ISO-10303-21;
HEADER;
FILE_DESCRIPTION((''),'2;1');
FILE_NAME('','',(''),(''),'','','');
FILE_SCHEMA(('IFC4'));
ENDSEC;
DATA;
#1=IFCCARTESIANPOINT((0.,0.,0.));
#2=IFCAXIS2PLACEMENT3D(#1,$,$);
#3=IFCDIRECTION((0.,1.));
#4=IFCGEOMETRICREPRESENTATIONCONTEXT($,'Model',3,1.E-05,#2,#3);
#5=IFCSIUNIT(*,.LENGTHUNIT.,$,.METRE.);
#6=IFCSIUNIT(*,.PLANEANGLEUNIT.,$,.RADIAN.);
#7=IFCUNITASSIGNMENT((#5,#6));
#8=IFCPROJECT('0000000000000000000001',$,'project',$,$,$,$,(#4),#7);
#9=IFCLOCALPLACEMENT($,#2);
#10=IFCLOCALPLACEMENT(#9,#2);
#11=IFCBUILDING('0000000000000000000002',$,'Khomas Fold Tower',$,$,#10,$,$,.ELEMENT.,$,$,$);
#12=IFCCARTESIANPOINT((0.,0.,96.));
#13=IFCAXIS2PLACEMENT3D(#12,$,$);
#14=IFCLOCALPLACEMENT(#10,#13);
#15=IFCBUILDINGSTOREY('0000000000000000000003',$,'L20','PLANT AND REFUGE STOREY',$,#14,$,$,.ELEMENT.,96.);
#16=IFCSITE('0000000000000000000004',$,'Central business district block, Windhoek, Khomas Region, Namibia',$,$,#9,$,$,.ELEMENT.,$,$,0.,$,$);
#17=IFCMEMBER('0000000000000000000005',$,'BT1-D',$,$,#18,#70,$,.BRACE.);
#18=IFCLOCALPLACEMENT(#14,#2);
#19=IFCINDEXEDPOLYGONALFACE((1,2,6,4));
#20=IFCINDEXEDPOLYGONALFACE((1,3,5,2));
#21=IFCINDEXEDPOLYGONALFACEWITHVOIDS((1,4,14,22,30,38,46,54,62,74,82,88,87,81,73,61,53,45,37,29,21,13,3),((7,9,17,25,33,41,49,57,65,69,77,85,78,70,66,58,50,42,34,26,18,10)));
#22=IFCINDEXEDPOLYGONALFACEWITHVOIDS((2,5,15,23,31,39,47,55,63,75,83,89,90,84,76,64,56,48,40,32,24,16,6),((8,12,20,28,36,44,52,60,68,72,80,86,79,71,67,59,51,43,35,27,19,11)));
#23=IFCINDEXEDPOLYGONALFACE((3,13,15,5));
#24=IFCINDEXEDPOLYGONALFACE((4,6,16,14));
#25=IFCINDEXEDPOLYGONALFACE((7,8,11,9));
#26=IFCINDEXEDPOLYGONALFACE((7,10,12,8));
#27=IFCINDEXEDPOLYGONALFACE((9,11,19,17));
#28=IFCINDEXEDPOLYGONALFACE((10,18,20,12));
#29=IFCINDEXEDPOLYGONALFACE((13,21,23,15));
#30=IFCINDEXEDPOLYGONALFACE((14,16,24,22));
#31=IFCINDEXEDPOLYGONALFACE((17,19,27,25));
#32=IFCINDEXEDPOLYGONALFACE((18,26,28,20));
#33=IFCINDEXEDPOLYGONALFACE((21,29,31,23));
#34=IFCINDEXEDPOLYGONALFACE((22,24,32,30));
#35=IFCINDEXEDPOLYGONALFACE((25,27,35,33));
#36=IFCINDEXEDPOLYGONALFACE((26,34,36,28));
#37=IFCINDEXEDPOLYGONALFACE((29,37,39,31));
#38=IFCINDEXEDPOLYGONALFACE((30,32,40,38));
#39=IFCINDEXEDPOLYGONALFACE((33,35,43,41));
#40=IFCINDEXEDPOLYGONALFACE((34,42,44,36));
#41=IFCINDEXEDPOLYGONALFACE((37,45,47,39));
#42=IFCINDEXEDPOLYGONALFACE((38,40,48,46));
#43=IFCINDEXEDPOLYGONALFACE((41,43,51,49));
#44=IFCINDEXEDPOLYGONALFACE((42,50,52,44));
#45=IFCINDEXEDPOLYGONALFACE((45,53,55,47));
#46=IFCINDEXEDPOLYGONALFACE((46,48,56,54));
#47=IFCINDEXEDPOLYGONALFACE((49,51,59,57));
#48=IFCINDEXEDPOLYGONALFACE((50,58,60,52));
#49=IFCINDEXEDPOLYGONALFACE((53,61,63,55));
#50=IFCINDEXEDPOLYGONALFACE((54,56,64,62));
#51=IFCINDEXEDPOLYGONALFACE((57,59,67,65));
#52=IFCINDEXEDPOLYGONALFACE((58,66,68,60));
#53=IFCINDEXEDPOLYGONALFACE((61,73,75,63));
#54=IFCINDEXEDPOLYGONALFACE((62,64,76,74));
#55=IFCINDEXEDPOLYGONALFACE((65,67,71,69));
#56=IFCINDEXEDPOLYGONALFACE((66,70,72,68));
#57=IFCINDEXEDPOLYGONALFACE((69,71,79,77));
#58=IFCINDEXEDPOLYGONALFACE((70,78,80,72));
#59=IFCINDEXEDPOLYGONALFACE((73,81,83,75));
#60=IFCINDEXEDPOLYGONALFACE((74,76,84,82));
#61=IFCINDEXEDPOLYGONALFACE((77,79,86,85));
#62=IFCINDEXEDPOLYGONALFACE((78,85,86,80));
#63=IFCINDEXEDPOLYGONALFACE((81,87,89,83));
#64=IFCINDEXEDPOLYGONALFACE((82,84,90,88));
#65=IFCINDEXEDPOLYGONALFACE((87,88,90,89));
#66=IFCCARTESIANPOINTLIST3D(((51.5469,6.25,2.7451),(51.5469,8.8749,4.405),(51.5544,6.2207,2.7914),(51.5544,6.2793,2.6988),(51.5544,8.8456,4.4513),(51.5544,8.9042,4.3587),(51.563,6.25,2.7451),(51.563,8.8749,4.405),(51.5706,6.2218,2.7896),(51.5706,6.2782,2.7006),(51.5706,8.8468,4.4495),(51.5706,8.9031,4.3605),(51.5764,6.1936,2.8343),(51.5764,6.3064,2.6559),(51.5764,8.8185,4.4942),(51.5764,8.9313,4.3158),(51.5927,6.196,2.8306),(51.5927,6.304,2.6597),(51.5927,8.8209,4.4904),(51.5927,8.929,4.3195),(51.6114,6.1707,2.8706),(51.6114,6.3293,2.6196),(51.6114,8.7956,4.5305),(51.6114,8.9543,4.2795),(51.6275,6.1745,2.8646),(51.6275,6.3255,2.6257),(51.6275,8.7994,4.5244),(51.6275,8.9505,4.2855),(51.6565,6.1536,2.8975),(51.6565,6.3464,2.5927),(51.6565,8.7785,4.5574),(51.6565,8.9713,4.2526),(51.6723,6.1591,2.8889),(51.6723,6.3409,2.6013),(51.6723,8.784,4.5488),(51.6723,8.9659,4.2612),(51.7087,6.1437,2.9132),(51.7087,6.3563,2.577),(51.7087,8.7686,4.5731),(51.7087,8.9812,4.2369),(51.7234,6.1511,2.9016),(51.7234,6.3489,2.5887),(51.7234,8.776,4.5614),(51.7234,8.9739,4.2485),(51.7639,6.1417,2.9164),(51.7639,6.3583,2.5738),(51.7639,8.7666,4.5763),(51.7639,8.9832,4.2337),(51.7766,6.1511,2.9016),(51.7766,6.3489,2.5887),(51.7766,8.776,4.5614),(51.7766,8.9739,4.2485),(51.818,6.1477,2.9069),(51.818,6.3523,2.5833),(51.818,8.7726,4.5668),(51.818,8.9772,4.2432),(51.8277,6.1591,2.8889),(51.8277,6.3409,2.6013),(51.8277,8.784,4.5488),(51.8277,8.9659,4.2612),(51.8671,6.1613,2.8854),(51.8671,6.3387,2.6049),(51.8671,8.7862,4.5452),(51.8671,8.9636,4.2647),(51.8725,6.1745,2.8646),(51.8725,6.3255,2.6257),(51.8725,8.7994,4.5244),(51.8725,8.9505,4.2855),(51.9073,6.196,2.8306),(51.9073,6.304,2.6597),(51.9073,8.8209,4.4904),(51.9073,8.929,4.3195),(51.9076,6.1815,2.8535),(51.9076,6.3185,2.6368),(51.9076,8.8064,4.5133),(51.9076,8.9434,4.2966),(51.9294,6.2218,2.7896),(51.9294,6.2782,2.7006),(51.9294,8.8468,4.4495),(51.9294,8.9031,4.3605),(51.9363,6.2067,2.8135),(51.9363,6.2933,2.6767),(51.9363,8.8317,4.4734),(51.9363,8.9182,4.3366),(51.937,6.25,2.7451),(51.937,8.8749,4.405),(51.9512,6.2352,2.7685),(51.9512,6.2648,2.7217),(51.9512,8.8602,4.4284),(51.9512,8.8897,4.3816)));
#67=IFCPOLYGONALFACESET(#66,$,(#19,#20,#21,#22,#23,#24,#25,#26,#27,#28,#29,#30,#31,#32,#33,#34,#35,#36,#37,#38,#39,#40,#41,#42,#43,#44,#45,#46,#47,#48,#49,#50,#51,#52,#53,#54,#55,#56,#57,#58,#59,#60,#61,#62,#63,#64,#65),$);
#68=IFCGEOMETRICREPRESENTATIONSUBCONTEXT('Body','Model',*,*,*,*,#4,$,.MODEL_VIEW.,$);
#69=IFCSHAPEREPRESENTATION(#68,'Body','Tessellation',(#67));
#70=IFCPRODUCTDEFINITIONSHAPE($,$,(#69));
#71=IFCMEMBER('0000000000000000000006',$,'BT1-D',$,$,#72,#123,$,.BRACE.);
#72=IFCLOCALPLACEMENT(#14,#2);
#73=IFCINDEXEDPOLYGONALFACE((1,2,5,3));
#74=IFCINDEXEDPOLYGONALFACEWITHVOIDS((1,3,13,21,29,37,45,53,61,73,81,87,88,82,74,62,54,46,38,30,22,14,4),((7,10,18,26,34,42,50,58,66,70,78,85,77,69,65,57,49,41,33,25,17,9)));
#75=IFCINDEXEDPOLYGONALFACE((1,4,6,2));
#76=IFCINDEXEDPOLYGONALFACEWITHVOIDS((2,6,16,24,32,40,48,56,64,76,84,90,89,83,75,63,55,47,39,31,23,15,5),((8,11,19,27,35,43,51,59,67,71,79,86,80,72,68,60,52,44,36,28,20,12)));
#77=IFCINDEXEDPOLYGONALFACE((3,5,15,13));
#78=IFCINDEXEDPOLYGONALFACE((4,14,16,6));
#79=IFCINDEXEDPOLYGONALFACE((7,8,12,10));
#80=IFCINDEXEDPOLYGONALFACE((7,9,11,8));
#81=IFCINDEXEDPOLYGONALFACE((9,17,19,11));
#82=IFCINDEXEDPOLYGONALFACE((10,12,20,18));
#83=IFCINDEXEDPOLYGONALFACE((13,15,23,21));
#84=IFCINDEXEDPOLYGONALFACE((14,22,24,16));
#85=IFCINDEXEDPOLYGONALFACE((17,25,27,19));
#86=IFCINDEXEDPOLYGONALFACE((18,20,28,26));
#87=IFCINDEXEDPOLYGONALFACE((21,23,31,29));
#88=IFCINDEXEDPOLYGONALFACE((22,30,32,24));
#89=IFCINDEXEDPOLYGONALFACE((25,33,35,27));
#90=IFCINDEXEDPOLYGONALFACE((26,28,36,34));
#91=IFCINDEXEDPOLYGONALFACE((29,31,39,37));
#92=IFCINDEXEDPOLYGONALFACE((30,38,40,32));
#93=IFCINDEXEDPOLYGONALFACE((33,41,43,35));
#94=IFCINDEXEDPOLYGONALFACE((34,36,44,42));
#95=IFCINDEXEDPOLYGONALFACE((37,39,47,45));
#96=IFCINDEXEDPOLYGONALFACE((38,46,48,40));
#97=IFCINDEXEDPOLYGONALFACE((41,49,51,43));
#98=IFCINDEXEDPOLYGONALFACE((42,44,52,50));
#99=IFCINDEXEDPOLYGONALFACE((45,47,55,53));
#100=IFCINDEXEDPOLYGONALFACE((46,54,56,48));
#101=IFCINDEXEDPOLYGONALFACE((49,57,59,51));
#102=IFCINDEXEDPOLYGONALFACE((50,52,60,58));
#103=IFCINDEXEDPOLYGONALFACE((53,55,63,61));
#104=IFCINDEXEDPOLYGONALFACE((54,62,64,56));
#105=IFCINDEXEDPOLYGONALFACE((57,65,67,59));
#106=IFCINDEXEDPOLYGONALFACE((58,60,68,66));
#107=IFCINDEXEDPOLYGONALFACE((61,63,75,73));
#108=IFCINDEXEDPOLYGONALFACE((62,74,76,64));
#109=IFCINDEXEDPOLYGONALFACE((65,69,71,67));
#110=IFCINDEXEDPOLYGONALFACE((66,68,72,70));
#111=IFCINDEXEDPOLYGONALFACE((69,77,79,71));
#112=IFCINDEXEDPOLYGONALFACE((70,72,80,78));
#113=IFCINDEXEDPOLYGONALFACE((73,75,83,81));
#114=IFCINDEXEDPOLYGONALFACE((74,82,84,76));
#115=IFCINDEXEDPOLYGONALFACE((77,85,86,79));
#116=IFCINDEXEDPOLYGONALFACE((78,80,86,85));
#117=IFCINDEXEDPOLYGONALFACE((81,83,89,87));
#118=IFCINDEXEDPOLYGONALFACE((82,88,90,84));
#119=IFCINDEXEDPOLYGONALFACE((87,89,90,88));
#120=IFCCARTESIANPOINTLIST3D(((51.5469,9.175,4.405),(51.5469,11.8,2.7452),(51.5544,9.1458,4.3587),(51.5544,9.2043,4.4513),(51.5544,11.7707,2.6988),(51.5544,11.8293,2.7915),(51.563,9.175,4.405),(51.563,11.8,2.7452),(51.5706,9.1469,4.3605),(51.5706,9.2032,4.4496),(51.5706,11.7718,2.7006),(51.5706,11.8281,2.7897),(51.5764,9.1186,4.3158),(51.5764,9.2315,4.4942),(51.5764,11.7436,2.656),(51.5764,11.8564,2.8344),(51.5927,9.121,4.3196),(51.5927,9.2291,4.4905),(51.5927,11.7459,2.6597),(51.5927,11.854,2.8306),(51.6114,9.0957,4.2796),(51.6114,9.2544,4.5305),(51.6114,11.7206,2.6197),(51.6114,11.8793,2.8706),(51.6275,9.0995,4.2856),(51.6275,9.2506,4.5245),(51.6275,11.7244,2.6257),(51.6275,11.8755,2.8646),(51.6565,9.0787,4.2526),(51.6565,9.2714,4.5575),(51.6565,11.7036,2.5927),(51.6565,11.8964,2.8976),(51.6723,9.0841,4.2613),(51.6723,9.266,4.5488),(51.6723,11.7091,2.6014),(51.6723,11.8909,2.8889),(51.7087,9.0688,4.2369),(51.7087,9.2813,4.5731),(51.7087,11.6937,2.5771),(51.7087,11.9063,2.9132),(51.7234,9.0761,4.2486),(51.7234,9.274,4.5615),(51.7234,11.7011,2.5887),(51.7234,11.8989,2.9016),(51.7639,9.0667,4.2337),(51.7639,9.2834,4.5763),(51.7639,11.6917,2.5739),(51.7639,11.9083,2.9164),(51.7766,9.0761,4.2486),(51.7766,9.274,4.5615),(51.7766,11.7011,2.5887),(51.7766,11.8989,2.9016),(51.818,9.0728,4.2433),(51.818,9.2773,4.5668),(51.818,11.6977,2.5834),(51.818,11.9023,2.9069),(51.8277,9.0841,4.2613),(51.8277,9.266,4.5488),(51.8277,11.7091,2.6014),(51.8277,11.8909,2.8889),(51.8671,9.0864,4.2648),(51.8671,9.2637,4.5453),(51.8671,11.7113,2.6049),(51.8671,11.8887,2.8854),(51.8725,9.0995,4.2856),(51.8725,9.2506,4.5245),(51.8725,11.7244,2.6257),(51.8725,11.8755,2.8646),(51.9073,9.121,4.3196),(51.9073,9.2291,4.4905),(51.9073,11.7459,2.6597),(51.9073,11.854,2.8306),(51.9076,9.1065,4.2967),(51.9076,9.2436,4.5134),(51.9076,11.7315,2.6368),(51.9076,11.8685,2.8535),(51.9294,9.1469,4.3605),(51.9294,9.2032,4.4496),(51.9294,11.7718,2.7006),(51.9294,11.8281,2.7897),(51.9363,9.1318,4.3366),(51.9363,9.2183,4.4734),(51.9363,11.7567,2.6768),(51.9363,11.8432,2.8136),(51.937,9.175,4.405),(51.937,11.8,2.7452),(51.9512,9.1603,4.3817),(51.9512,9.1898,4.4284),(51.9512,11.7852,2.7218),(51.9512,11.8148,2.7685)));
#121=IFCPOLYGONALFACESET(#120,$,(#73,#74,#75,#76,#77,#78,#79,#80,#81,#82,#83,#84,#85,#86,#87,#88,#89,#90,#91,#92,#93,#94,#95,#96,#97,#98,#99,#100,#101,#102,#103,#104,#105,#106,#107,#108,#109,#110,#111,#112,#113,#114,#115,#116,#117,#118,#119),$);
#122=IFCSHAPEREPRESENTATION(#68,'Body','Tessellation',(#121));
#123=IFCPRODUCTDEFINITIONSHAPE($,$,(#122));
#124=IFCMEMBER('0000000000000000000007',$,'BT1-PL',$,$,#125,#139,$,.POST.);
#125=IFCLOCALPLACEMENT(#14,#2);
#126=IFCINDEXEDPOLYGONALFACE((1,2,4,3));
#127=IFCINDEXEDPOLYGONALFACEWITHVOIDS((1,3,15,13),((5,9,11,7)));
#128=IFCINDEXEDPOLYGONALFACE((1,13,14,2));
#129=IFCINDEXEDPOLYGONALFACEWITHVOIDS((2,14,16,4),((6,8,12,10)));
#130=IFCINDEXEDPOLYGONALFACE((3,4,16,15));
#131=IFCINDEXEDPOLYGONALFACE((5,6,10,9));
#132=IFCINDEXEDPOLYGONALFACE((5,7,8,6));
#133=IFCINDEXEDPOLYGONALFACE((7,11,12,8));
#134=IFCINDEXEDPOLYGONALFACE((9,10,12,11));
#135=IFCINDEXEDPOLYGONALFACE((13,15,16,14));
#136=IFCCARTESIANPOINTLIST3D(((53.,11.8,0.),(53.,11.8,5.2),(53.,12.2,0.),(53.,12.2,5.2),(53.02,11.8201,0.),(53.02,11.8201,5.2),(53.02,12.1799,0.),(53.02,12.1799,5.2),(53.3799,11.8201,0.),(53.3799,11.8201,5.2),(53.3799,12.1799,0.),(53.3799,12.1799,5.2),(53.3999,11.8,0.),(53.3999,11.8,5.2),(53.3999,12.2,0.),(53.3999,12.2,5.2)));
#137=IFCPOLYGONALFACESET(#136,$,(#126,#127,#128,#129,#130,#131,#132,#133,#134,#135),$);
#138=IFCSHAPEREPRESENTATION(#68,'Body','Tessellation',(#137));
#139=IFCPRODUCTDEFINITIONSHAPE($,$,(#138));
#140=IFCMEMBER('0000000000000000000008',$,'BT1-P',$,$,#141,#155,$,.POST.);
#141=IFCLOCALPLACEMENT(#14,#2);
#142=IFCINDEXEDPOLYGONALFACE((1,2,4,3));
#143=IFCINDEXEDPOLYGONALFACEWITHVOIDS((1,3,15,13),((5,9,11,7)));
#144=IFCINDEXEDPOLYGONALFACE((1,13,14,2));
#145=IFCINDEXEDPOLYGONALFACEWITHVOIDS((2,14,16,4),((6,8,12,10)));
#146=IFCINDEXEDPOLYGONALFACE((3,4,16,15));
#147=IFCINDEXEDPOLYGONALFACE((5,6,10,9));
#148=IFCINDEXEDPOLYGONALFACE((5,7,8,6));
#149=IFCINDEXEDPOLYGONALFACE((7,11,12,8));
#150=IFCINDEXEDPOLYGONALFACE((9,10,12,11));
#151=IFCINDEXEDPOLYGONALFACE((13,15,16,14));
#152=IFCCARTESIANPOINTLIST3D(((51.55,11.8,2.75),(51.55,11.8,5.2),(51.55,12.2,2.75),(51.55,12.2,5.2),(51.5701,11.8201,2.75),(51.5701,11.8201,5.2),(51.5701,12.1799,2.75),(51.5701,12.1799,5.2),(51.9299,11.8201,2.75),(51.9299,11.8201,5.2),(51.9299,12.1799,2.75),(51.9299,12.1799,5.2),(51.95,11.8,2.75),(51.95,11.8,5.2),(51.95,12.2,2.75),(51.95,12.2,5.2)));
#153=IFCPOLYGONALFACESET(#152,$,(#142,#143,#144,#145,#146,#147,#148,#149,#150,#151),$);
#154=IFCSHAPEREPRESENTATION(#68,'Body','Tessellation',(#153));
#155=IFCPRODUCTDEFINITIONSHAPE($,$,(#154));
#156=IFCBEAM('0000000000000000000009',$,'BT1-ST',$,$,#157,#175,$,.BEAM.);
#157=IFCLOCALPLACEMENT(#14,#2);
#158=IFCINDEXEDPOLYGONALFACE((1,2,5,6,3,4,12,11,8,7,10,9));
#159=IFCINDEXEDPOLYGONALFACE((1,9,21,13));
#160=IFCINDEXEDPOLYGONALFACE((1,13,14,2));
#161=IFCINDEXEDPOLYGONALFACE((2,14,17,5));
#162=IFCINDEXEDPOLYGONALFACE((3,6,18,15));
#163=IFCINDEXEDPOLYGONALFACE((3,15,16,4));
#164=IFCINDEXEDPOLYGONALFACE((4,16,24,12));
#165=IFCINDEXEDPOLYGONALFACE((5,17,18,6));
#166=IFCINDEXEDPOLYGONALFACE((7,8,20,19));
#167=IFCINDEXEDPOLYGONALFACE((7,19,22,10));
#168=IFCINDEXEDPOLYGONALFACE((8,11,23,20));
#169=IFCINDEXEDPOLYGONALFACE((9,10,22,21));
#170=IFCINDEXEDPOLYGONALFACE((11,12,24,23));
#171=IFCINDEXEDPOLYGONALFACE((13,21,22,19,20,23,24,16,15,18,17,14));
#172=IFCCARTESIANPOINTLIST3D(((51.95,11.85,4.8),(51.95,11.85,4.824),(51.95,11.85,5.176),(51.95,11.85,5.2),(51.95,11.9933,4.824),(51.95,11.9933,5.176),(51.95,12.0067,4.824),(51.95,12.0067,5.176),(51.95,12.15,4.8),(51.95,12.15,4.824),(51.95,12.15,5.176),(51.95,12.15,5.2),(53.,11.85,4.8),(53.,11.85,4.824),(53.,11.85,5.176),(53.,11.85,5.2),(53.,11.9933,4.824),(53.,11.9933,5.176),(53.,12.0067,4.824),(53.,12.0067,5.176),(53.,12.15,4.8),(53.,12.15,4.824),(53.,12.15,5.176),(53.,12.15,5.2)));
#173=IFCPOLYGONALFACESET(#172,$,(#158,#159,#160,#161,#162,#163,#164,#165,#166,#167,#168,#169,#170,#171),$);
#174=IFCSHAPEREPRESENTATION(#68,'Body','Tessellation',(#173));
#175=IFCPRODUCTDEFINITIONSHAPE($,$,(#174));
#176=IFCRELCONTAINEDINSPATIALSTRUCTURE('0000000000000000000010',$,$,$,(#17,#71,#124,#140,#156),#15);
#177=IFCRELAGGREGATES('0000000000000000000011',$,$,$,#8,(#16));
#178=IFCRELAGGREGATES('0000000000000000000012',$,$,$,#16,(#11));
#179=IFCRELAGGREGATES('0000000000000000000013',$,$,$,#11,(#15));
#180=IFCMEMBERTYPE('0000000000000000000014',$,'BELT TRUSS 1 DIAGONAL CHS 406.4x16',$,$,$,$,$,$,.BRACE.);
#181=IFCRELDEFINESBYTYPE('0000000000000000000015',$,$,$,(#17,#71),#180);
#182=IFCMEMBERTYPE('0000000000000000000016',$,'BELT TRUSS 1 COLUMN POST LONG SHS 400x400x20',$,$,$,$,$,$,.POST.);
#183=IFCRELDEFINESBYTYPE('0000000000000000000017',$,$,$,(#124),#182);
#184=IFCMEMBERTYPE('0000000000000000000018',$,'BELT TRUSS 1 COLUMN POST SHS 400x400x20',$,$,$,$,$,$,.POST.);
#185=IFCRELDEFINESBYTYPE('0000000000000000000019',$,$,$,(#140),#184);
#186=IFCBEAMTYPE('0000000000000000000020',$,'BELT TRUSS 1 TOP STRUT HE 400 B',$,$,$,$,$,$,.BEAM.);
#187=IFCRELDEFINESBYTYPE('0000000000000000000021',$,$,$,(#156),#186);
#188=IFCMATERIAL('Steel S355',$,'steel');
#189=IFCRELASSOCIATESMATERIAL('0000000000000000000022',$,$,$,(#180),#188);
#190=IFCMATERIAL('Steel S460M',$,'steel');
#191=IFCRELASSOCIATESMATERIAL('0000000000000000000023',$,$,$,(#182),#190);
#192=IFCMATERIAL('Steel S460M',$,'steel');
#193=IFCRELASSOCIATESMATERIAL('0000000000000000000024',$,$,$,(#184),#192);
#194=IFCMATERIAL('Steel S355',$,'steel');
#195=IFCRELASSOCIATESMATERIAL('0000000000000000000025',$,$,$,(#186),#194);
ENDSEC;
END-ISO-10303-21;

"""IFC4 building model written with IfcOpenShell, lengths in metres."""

from ifc_helpers import new_model, si_unit, direction, frame, origin, origin_2d, place, context, subcontext, project, spatial, hollow_rectangle, hollow_circle, i_section, extrude, source, transform, mapped, material, material_profile, profile_set, type_object, element, save


model = new_model("IFC4")

# Units and contexts
model_context = context("Model", 3, precision=1e-05, world=origin(), true_north=direction((0.0, 1.0)))
body_context = subcontext(model_context, "Body", "Model", "MODEL_VIEW")
ifc_project = project(units=[si_unit("LENGTHUNIT", "METRE"), si_unit("PLANEANGLEUNIT", "RADIAN")], contexts=[model_context])

# Site, building, storey
site_placement = place(None, origin())
site = spatial("IfcSite", under=ifc_project, at=site_placement, Name="Central business district block, Windhoek, Khomas Region, Namibia", CompositionType="ELEMENT", RefElevation=0.0)
building_placement = place(site_placement, origin())
building = spatial("IfcBuilding", under=site, at=building_placement, Name="Khomas Fold Tower", CompositionType="ELEMENT")
storey_placement = place(building_placement, frame((0.0, 0.0, 96.0)))
storey = spatial("IfcBuildingStorey", under=building, at=storey_placement, Name="L20", Description="PLANT AND REFUGE STOREY", CompositionType="ELEMENT", Elevation=96.0)

# Members
ifc_material_1 = material(Name="Steel S355", Category="steel")
ifc_material_profile_1 = material_profile(ifc_material_1, hollow_circle(Radius=0.2031, WallThickness=0.0161, at=origin_2d()), Name="CHS 406.4x16")
ifc_profile_set_1 = profile_set([ifc_material_profile_1], Name="Steel S355")
member_type_1 = type_object("IfcMemberType", Name="BELT TRUSS 1 DIAGONAL CHS 406.4x16", PredefinedType="BRACE", material=ifc_profile_set_1)
shared_shape_1 = source(origin(), body_context, "Body", "SweptSolid", [
    extrude(hollow_circle(Radius=0.2031, WallThickness=0.0161, at=origin_2d()), origin(), (0.0, 0.0, 1.0), 3.1057),
])
for number, where, z_axis, x_axis, name in (
    (1, (51.75, 6.25, 2.7451), (0.0, 0.845196, 0.534457), (-1.0, 0.0, 0.0), "BT1-D"),
    (2, (51.75, 9.175, 4.405), (0.0, 0.845196, -0.534457), (-1.0, 0.0, 0.0), "BT1-D"),
):
    element("IfcMember", number, at=place(storey_placement, frame(where, z_axis=z_axis, x_axis=x_axis)), inside=storey, type_object=member_type_1, Name=name, PredefinedType="BRACE", context=body_context, shape_type="MappedRepresentation", body=[
        mapped(shared_shape_1, transform((0.0, 0.0, 0.0))),
    ])
ifc_material_2 = material(Name="Steel S460M", Category="steel")
ifc_material_profile_2 = material_profile(ifc_material_2, hollow_rectangle(XDim=0.3999, YDim=0.3999, WallThickness=0.02, at=origin_2d()), Name="SHS 400x400x20")
ifc_profile_set_2 = profile_set([ifc_material_profile_2], Name="Steel S460M")
member_type_2 = type_object("IfcMemberType", Name="BELT TRUSS 1 COLUMN POST LONG SHS 400x400x20", PredefinedType="POST", material=ifc_profile_set_2)
shared_shape_2 = source(origin(), body_context, "Body", "SweptSolid", [
    extrude(hollow_rectangle(XDim=0.3999, YDim=0.3999, WallThickness=0.02, at=origin_2d()), origin(), (0.0, 0.0, 1.0), 5.2),
])
member_1_placement = place(storey_placement, frame((53.2, 12.0, 0.0), z_axis=(0.0, 0.0, 1.0), x_axis=(1.0, 0.0, 0.0)))
element("IfcMember", 3, at=member_1_placement, inside=storey, type_object=member_type_2, Name="BT1-PL", PredefinedType="POST", context=body_context, shape_type="MappedRepresentation", body=[
    mapped(shared_shape_2, transform((0.0, 0.0, 0.0))),
])
ifc_material_3 = material(Name="Steel S460M", Category="steel")
ifc_material_profile_3 = material_profile(ifc_material_3, hollow_rectangle(XDim=0.3999, YDim=0.3999, WallThickness=0.02, at=origin_2d()), Name="SHS 400x400x20")
ifc_profile_set_3 = profile_set([ifc_material_profile_3], Name="Steel S460M")
member_type_3 = type_object("IfcMemberType", Name="BELT TRUSS 1 COLUMN POST SHS 400x400x20", PredefinedType="POST", material=ifc_profile_set_3)
shared_shape_3 = source(origin(), body_context, "Body", "SweptSolid", [
    extrude(hollow_rectangle(XDim=0.3999, YDim=0.3999, WallThickness=0.02, at=origin_2d()), origin(), (0.0, 0.0, 1.0), 2.45),
])
member_2_placement = place(storey_placement, frame((51.75, 12.0, 2.75), z_axis=(0.0, 0.0, 1.0), x_axis=(1.0, 0.0, 0.0)))
element("IfcMember", 4, at=member_2_placement, inside=storey, type_object=member_type_3, Name="BT1-P", PredefinedType="POST", context=body_context, shape_type="MappedRepresentation", body=[
    mapped(shared_shape_3, transform((0.0, 0.0, 0.0))),
])

# Beam
ifc_material_4 = material(Name="Steel S355", Category="steel")
ifc_material_profile_4 = material_profile(ifc_material_4, i_section(OverallWidth=0.3, OverallDepth=0.3999, WebThickness=0.0134, FlangeThickness=0.0239, at=origin_2d()), Name="HE 400 B")
ifc_profile_set_4 = profile_set([ifc_material_profile_4], Name="Steel S355")
beam_type_1 = type_object("IfcBeamType", Name="BELT TRUSS 1 TOP STRUT HE 400 B", PredefinedType="BEAM", material=ifc_profile_set_4)
shared_shape_4 = source(origin(), body_context, "Body", "SweptSolid", [
    extrude(i_section(OverallWidth=0.3, OverallDepth=0.3999, WebThickness=0.0134, FlangeThickness=0.0239, at=origin_2d()), origin(), (0.0, 0.0, 1.0), 1.05),
])
beam_1_placement = place(storey_placement, frame((51.95, 12.0, 5.0), z_axis=(1.0, 0.0, 0.0), x_axis=(0.0, 1.0, 0.0)))
element("IfcBeam", 5, at=beam_1_placement, inside=storey, type_object=beam_type_1, Name="BT1-ST", PredefinedType="BEAM", context=body_context, shape_type="MappedRepresentation", body=[
    mapped(shared_shape_4, transform((0.0, 0.0, 0.0))),
])

save(model, "model.ifc")
